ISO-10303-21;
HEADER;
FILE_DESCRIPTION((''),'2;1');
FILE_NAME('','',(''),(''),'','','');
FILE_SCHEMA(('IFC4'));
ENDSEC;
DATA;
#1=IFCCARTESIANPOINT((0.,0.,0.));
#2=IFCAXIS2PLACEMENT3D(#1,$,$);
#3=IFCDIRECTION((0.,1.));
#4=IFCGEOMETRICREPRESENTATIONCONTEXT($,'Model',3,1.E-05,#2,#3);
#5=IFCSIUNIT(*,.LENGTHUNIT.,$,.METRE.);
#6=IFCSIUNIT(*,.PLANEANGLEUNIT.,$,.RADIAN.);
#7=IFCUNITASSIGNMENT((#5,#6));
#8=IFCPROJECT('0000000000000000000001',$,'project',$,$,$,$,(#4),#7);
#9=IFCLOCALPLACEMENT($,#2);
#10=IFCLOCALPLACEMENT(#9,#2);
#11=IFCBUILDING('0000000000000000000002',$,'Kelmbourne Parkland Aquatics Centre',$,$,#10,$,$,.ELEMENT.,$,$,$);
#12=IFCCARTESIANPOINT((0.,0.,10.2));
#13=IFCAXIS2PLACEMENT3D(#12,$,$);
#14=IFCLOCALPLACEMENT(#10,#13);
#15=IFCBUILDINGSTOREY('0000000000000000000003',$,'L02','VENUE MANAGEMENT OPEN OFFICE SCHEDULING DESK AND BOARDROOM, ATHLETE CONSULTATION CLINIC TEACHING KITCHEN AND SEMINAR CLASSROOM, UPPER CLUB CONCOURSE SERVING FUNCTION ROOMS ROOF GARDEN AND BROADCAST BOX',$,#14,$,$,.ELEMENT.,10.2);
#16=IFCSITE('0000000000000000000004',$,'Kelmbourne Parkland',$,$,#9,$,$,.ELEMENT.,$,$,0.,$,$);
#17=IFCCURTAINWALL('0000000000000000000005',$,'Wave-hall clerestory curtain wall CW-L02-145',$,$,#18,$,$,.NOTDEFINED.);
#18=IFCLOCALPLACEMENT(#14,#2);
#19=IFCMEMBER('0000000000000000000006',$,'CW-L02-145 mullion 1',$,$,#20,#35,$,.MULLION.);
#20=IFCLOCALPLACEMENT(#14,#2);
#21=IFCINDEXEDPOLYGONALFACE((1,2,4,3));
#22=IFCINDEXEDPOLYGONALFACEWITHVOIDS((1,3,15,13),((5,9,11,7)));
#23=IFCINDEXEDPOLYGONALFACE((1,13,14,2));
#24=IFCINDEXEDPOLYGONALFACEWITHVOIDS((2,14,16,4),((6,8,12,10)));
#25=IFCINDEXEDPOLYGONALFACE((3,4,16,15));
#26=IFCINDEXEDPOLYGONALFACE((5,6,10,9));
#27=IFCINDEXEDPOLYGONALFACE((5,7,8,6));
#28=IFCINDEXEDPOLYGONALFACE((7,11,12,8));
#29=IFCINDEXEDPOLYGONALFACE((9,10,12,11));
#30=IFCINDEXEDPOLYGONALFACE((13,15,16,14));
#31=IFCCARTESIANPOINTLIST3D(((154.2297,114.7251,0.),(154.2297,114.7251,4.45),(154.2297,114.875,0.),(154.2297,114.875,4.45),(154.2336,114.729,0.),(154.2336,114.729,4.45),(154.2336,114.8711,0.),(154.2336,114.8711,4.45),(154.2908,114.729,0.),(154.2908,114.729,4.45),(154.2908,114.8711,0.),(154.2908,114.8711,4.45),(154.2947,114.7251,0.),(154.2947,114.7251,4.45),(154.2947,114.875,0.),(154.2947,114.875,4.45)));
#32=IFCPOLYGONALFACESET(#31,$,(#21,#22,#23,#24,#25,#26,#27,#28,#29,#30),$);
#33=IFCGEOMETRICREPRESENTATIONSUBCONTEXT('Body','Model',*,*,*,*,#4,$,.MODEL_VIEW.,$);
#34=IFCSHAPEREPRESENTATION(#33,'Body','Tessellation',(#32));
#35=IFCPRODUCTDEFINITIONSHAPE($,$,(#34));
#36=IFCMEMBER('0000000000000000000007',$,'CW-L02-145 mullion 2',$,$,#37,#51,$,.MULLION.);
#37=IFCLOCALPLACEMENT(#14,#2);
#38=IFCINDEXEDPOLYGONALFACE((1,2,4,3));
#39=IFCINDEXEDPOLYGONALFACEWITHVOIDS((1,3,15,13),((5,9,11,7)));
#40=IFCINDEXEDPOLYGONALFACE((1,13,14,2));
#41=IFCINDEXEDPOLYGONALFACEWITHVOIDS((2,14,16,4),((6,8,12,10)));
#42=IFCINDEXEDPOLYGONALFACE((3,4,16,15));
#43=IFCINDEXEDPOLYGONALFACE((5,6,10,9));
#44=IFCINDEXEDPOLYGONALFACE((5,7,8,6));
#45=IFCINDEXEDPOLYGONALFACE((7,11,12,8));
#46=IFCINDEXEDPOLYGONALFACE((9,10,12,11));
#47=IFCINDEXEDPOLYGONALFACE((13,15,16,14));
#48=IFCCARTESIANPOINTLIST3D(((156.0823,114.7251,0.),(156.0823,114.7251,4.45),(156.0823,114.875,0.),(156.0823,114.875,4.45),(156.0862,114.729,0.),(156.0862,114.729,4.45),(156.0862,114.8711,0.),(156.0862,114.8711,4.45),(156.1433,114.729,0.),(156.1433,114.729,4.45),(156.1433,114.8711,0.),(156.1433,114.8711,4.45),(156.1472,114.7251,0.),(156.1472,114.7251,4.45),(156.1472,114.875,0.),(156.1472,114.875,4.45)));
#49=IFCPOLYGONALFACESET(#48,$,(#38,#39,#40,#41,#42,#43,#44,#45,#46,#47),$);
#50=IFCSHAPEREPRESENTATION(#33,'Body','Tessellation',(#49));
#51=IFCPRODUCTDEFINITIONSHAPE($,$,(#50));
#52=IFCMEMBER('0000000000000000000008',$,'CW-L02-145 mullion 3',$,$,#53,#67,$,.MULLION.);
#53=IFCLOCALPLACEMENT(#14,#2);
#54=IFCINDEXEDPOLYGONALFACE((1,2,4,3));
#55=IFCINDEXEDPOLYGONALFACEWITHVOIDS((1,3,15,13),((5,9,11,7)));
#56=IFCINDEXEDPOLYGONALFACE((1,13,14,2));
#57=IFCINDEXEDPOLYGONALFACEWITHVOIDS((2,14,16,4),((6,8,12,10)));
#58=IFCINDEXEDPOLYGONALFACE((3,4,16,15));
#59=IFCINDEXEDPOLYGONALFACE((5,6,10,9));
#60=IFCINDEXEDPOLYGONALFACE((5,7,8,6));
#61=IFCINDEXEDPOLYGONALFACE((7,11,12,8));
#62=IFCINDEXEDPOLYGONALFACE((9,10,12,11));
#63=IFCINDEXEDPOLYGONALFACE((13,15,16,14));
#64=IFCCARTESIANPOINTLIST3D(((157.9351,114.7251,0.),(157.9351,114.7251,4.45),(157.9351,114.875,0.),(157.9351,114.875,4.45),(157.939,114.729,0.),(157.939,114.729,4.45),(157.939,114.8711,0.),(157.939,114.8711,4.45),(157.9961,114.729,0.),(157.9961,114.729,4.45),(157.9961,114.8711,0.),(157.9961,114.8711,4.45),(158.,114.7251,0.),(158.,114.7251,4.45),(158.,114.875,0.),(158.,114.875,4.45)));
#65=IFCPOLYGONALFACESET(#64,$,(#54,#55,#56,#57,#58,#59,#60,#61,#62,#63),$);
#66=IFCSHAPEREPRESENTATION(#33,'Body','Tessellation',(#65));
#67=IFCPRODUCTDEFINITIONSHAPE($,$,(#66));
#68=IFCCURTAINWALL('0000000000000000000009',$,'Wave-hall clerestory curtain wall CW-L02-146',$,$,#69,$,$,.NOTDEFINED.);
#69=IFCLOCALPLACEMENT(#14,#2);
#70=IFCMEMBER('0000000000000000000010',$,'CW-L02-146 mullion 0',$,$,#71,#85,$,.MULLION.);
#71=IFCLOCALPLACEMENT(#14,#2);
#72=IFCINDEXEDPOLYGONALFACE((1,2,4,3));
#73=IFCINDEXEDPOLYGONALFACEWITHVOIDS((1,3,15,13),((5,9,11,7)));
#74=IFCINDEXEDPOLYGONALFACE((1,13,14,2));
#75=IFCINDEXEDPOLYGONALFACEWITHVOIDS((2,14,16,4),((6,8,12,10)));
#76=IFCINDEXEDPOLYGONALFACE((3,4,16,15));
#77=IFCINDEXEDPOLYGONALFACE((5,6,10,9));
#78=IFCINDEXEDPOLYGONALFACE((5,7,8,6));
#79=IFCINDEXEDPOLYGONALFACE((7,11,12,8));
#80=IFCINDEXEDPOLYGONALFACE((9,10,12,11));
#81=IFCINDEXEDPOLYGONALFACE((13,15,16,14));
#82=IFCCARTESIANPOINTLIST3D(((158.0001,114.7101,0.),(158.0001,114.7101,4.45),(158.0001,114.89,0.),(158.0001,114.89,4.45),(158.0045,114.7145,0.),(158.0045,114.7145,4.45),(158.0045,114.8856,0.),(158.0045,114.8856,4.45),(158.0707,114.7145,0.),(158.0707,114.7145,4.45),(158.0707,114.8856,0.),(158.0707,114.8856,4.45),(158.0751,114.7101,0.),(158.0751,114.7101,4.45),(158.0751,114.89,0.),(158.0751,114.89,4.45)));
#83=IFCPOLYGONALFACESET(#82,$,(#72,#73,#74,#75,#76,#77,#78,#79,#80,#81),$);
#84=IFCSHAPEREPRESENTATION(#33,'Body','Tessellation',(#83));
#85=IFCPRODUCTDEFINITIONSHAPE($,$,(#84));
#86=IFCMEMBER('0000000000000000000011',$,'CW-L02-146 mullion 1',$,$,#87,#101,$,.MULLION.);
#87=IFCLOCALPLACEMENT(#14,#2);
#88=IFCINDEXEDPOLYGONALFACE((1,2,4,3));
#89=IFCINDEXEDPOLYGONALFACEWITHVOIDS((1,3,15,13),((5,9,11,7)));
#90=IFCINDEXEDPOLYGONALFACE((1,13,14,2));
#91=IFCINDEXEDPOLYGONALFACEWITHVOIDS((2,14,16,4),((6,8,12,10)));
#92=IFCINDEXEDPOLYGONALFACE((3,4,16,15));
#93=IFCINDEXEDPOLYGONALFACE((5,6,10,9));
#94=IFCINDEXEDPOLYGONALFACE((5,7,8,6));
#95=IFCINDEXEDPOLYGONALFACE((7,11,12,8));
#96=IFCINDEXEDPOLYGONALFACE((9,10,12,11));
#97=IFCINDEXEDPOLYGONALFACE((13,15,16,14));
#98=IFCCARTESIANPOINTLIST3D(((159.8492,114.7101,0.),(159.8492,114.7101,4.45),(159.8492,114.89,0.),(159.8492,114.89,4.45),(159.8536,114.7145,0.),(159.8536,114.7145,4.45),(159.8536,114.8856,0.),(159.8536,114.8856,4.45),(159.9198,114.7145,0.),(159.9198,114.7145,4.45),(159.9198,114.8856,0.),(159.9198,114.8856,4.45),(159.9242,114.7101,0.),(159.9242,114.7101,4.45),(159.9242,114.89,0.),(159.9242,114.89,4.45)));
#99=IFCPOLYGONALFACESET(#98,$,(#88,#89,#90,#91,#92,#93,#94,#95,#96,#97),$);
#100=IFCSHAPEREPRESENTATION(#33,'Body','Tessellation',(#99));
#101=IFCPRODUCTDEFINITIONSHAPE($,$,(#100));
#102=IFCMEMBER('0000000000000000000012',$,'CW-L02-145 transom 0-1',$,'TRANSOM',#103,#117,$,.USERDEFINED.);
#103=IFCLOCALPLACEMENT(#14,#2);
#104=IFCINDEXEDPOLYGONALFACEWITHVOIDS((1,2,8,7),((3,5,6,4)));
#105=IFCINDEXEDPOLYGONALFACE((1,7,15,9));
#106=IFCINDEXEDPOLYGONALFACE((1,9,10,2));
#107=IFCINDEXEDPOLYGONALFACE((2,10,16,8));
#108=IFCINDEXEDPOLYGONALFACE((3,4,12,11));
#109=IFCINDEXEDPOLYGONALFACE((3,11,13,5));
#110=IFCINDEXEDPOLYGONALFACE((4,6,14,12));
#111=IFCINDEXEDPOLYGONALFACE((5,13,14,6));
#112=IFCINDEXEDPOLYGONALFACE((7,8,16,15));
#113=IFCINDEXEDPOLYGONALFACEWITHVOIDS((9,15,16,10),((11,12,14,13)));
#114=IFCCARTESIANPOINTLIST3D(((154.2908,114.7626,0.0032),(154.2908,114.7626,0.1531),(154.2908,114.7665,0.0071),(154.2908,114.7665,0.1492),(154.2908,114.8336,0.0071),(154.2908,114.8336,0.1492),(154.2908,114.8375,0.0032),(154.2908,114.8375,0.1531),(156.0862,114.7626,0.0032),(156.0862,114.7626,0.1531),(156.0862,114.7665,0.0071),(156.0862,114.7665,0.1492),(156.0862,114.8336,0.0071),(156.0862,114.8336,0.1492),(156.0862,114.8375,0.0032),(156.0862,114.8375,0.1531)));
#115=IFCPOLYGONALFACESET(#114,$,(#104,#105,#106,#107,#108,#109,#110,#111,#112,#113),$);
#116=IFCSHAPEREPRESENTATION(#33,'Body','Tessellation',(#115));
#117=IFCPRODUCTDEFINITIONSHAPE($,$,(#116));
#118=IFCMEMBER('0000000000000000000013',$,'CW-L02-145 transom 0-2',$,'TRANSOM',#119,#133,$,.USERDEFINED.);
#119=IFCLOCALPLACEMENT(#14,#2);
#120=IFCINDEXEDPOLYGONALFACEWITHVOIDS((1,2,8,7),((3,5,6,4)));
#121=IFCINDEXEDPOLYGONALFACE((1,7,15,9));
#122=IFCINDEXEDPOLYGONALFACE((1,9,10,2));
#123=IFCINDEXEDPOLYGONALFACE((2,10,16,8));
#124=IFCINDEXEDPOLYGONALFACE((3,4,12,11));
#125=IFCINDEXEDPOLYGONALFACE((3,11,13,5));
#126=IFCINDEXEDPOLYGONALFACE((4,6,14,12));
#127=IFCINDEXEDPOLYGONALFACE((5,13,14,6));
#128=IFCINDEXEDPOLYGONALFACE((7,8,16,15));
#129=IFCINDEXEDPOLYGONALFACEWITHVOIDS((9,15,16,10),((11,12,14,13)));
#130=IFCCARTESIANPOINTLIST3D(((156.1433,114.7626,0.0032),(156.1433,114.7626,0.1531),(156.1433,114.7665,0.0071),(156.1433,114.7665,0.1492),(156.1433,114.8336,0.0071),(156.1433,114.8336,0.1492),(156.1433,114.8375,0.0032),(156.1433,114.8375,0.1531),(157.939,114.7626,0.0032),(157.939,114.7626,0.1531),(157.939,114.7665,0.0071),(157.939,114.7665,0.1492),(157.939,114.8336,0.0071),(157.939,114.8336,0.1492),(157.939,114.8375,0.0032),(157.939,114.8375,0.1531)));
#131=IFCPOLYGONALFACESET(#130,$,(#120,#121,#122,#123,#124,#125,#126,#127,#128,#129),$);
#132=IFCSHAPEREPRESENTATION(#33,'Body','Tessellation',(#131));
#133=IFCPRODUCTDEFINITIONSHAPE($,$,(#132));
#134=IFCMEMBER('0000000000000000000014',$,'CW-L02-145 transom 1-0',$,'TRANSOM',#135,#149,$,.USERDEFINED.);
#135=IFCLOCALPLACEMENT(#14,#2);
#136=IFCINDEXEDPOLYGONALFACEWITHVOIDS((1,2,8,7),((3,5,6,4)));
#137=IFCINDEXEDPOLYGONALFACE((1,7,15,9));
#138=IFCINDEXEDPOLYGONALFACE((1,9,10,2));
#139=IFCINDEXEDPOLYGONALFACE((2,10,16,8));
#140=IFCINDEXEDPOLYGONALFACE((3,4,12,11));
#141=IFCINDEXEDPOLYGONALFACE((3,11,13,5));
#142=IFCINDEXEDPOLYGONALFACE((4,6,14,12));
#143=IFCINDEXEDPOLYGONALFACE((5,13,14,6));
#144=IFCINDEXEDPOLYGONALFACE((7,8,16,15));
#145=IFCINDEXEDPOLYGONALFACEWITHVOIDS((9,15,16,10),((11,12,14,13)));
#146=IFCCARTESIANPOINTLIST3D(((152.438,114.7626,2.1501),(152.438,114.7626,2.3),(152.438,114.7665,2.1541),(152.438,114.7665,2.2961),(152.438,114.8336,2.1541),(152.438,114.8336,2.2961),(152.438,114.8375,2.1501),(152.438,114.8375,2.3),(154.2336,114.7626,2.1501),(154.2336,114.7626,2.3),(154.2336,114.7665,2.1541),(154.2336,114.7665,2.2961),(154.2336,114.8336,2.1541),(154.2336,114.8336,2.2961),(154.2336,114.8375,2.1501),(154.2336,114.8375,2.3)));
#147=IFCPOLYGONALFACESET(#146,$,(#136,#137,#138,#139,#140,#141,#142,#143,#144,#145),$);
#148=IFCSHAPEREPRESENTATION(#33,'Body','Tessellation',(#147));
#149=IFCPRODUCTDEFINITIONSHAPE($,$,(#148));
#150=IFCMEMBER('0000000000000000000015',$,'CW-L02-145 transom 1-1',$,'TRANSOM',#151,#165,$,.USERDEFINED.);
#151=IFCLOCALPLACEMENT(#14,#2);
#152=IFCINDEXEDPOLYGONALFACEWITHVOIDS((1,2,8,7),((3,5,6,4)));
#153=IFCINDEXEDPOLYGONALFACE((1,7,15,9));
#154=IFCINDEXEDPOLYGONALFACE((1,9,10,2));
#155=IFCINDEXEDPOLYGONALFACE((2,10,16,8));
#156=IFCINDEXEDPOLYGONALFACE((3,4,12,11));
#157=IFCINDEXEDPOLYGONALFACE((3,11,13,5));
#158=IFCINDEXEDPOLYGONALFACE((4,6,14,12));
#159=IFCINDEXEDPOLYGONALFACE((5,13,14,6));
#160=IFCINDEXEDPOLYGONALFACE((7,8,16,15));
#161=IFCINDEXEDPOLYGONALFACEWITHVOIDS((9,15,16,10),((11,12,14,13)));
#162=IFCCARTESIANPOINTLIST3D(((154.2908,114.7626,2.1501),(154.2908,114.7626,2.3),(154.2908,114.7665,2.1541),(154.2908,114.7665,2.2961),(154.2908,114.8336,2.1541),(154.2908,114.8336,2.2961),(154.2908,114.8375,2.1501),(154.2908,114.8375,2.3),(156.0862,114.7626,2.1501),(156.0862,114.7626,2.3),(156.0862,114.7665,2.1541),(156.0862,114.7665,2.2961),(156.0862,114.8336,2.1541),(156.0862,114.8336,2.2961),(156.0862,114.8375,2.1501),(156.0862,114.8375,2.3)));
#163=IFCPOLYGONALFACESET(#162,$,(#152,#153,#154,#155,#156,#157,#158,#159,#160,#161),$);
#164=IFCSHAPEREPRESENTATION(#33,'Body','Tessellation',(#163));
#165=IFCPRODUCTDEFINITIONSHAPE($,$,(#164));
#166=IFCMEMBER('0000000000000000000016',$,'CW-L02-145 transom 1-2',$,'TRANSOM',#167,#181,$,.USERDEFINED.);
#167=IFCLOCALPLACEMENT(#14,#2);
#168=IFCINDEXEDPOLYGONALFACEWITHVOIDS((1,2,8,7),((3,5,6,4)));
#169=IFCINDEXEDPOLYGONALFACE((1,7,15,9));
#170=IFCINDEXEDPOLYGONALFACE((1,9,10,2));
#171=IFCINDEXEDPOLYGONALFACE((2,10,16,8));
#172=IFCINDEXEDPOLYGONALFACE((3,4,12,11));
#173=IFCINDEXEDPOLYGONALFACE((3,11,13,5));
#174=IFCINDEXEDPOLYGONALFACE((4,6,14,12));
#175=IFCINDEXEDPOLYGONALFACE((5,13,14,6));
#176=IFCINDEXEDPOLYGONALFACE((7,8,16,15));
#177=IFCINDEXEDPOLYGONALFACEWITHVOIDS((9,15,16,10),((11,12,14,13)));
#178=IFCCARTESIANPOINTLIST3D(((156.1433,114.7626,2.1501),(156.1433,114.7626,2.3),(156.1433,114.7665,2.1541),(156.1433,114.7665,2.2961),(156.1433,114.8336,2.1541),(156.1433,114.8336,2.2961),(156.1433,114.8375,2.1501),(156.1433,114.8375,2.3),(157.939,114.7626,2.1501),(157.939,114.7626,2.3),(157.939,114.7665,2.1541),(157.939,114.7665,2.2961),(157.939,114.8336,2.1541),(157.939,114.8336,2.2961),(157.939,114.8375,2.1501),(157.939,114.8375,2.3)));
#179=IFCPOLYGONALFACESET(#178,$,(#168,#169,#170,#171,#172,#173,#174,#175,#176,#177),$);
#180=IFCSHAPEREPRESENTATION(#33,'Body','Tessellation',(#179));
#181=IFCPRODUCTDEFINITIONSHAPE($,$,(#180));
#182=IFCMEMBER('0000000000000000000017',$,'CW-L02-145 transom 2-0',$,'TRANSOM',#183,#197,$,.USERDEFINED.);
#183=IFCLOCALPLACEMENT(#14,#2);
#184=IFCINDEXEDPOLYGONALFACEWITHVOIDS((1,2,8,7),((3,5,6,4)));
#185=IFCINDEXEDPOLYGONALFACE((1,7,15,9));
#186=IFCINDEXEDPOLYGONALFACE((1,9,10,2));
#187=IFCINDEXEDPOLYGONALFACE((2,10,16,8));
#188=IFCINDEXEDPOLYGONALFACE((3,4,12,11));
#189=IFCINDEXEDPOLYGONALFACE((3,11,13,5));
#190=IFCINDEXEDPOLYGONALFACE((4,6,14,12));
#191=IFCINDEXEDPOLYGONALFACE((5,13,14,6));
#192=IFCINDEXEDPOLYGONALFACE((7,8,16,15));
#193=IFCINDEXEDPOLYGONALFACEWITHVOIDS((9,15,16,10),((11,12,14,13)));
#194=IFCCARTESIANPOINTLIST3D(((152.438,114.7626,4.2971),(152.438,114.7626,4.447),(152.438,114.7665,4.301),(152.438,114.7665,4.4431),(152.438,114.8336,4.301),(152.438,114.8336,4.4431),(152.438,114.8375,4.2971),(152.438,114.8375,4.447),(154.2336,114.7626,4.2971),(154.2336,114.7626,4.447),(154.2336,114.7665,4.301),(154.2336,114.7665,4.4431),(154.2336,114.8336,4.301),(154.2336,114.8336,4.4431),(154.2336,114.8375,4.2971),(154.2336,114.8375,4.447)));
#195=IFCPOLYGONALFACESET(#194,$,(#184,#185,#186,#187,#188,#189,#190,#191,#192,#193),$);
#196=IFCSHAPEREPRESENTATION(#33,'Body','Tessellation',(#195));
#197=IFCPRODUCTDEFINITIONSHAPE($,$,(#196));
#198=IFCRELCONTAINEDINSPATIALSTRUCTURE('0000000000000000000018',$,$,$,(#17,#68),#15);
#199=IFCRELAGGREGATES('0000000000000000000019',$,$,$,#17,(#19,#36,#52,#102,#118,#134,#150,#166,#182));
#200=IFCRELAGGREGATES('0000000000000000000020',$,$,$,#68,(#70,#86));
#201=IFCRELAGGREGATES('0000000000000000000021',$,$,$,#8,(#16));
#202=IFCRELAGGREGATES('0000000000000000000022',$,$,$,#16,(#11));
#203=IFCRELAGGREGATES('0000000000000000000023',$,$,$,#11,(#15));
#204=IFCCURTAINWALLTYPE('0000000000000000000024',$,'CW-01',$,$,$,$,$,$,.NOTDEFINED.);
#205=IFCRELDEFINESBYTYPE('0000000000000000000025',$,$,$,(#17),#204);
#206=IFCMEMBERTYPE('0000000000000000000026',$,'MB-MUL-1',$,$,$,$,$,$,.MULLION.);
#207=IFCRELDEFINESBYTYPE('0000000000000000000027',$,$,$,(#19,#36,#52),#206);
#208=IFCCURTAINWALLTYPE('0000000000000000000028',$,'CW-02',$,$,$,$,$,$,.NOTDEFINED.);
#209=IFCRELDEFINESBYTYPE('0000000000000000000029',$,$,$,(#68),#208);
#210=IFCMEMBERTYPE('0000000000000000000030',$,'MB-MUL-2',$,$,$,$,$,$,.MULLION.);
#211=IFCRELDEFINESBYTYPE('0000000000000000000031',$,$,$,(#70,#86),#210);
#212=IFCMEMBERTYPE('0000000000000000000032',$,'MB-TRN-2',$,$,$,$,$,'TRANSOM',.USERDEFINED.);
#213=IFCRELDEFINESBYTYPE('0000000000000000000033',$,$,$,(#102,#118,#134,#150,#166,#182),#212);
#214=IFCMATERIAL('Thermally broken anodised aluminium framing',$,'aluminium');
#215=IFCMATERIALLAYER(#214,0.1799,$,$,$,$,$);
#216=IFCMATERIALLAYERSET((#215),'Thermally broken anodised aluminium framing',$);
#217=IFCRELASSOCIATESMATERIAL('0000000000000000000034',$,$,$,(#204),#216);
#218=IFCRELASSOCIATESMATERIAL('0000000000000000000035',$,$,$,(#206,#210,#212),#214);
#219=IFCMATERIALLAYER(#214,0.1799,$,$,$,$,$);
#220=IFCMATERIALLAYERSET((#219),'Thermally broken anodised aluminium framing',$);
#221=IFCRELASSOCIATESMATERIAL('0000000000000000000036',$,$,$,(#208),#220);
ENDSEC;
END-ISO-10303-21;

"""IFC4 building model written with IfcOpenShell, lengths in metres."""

from ifc_helpers import new_model, si_unit, direction, frame, origin, origin_2d, place, context, subcontext, project, spatial, hollow_rectangle, extrude, material, layer, layer_set, material_profile, profile_set, type_object, element, aggregate, save


model = new_model("IFC4")

# Units and contexts
model_context = context("Model", 3, precision=1e-05, world=origin(), true_north=direction((0.0, 1.0)))
body_context = subcontext(model_context, "Body", "Model", "MODEL_VIEW")
ifc_project = project(units=[si_unit("LENGTHUNIT", "METRE"), si_unit("PLANEANGLEUNIT", "RADIAN")], contexts=[model_context])

# Site, building, storey
site_placement = place(None, origin())
site = spatial("IfcSite", under=ifc_project, at=site_placement, Name="Kelmbourne Parkland", CompositionType="ELEMENT", RefElevation=0.0)
building_placement = place(site_placement, origin())
building = spatial("IfcBuilding", under=site, at=building_placement, Name="Kelmbourne Parkland Aquatics Centre", CompositionType="ELEMENT")
storey_placement = place(building_placement, frame((0.0, 0.0, 10.2)))
storey = spatial("IfcBuildingStorey", under=building, at=storey_placement, Name="L02", Description="VENUE MANAGEMENT OPEN OFFICE SCHEDULING DESK AND BOARDROOM, ATHLETE CONSULTATION CLINIC TEACHING KITCHEN AND SEMINAR CLASSROOM, UPPER CLUB CONCOURSE SERVING FUNCTION ROOMS ROOF GARDEN AND BROADCAST BOX", CompositionType="ELEMENT", Elevation=10.2)

# Curtain walls, members
ifc_material_1 = material(Name="Thermally broken anodised aluminium framing", Category="aluminium")
ifc_layer_1 = layer(ifc_material_1, 0.1799)
ifc_layer_set_1 = layer_set([ifc_layer_1], Name="Thermally broken anodised aluminium framing")
curtain_wall_type_1 = type_object("IfcCurtainWallType", Name="CW-01", PredefinedType="NOTDEFINED", material=ifc_layer_set_1)
curtain_wall_1_placement = place(storey_placement, origin())
curtain_wall_1 = element("IfcCurtainWall", 1, at=curtain_wall_1_placement, inside=storey, type_object=curtain_wall_type_1, Name="Wave-hall clerestory curtain wall CW-L02-145", PredefinedType="NOTDEFINED")
ifc_material_profile_1 = material_profile(ifc_material_1, hollow_rectangle(XDim=0.0649, YDim=0.1499, WallThickness=0.0039, at=origin_2d()), Name="CW-M 65x150")
ifc_profile_set_1 = profile_set([ifc_material_profile_1], Name="Thermally broken anodised aluminium framing")
member_type_1 = type_object("IfcMemberType", Name="MB-MUL-1", PredefinedType="MULLION", material=ifc_profile_set_1)
member_1_placement = place(storey_placement, frame((154.2622, 114.8, 0.0), z_axis=(0.0, 0.0, 1.0), x_axis=(1.0, 0.0, 0.0)))
member_1 = element("IfcMember", 2, at=member_1_placement, type_object=member_type_1, Name="CW-L02-145 mullion 1", PredefinedType="MULLION", context=body_context, shape_type="SweptSolid", body=[
    extrude(hollow_rectangle(XDim=0.0649, YDim=0.1499, WallThickness=0.0039, at=origin_2d()), origin(), (0.0, 0.0, 1.0), 4.45),
])
member_2_placement = place(storey_placement, frame((156.1147, 114.8, 0.0), z_axis=(0.0, 0.0, 1.0), x_axis=(1.0, 0.0, 0.0)))
member_2 = element("IfcMember", 3, at=member_2_placement, type_object=member_type_1, Name="CW-L02-145 mullion 2", PredefinedType="MULLION", context=body_context, shape_type="SweptSolid", body=[
    extrude(hollow_rectangle(XDim=0.0649, YDim=0.1499, WallThickness=0.0039, at=origin_2d()), origin(), (0.0, 0.0, 1.0), 4.45),
])
member_3_placement = place(storey_placement, frame((157.9675, 114.8, 0.0), z_axis=(0.0, 0.0, 1.0), x_axis=(1.0, 0.0, 0.0)))
member_3 = element("IfcMember", 4, at=member_3_placement, type_object=member_type_1, Name="CW-L02-145 mullion 3", PredefinedType="MULLION", context=body_context, shape_type="SweptSolid", body=[
    extrude(hollow_rectangle(XDim=0.0649, YDim=0.1499, WallThickness=0.0039, at=origin_2d()), origin(), (0.0, 0.0, 1.0), 4.45),
])
ifc_layer_2 = layer(ifc_material_1, 0.1799)
ifc_layer_set_2 = layer_set([ifc_layer_2], Name="Thermally broken anodised aluminium framing")
curtain_wall_type_2 = type_object("IfcCurtainWallType", Name="CW-02", PredefinedType="NOTDEFINED", material=ifc_layer_set_2)
curtain_wall_2_placement = place(storey_placement, origin())
curtain_wall_2 = element("IfcCurtainWall", 5, at=curtain_wall_2_placement, inside=storey, type_object=curtain_wall_type_2, Name="Wave-hall clerestory curtain wall CW-L02-146", PredefinedType="NOTDEFINED")
ifc_material_profile_2 = material_profile(ifc_material_1, hollow_rectangle(XDim=0.075, YDim=0.1799, WallThickness=0.0044, at=origin_2d()), Name="CW-M 75x180")
ifc_profile_set_2 = profile_set([ifc_material_profile_2], Name="Thermally broken anodised aluminium framing")
member_type_2 = type_object("IfcMemberType", Name="MB-MUL-2", PredefinedType="MULLION", material=ifc_profile_set_2)
member_4_placement = place(storey_placement, frame((158.0376, 114.8, 0.0), z_axis=(0.0, 0.0, 1.0), x_axis=(1.0, 0.0, 0.0)))
member_4 = element("IfcMember", 6, at=member_4_placement, type_object=member_type_2, Name="CW-L02-146 mullion 0", PredefinedType="MULLION", context=body_context, shape_type="SweptSolid", body=[
    extrude(hollow_rectangle(XDim=0.075, YDim=0.1799, WallThickness=0.0044, at=origin_2d()), origin(), (0.0, 0.0, 1.0), 4.45),
])
member_5_placement = place(storey_placement, frame((159.8867, 114.8, 0.0), z_axis=(0.0, 0.0, 1.0), x_axis=(1.0, 0.0, 0.0)))
member_5 = element("IfcMember", 7, at=member_5_placement, type_object=member_type_2, Name="CW-L02-146 mullion 1", PredefinedType="MULLION", context=body_context, shape_type="SweptSolid", body=[
    extrude(hollow_rectangle(XDim=0.075, YDim=0.1799, WallThickness=0.0044, at=origin_2d()), origin(), (0.0, 0.0, 1.0), 4.45),
])

# Members
ifc_material_profile_3 = material_profile(ifc_material_1, hollow_rectangle(XDim=0.075, YDim=0.1499, WallThickness=0.0039, at=origin_2d()), Name="CW-T 75x150")
ifc_profile_set_3 = profile_set([ifc_material_profile_3], Name="Thermally broken anodised aluminium framing")
member_type_3 = type_object("IfcMemberType", Name="MB-TRN-2", ElementType="TRANSOM", PredefinedType="USERDEFINED", material=ifc_profile_set_3)
member_6_placement = place(storey_placement, frame((154.2908, 114.8, 0.0781), z_axis=(1.0, 0.0, 0.0), x_axis=(0.0, 1.0, 0.0)))
member_6 = element("IfcMember", 8, at=member_6_placement, type_object=member_type_3, Name="CW-L02-145 transom 0-1", ObjectType="TRANSOM", PredefinedType="USERDEFINED", context=body_context, shape_type="SweptSolid", body=[
    extrude(hollow_rectangle(XDim=0.075, YDim=0.1499, WallThickness=0.0039, at=origin_2d()), origin(), (0.0, 0.0, 1.0), 1.7954),
])
member_7_placement = place(storey_placement, frame((156.1433, 114.8, 0.0781), z_axis=(1.0, 0.0, 0.0), x_axis=(0.0, 1.0, 0.0)))
member_7 = element("IfcMember", 9, at=member_7_placement, type_object=member_type_3, Name="CW-L02-145 transom 0-2", ObjectType="TRANSOM", PredefinedType="USERDEFINED", context=body_context, shape_type="SweptSolid", body=[
    extrude(hollow_rectangle(XDim=0.075, YDim=0.1499, WallThickness=0.0039, at=origin_2d()), origin(), (0.0, 0.0, 1.0), 1.7957),
])
member_8_placement = place(storey_placement, frame((152.438, 114.8, 2.2251), z_axis=(1.0, 0.0, 0.0), x_axis=(0.0, 1.0, 0.0)))
member_8 = element("IfcMember", 10, at=member_8_placement, type_object=member_type_3, Name="CW-L02-145 transom 1-0", ObjectType="TRANSOM", PredefinedType="USERDEFINED", context=body_context, shape_type="SweptSolid", body=[
    extrude(hollow_rectangle(XDim=0.075, YDim=0.1499, WallThickness=0.0039, at=origin_2d()), origin(), (0.0, 0.0, 1.0), 1.7957),
])
member_9_placement = place(storey_placement, frame((154.2908, 114.8, 2.2251), z_axis=(1.0, 0.0, 0.0), x_axis=(0.0, 1.0, 0.0)))
member_9 = element("IfcMember", 11, at=member_9_placement, type_object=member_type_3, Name="CW-L02-145 transom 1-1", ObjectType="TRANSOM", PredefinedType="USERDEFINED", context=body_context, shape_type="SweptSolid", body=[
    extrude(hollow_rectangle(XDim=0.075, YDim=0.1499, WallThickness=0.0039, at=origin_2d()), origin(), (0.0, 0.0, 1.0), 1.7954),
])
member_10_placement = place(storey_placement, frame((156.1433, 114.8, 2.2251), z_axis=(1.0, 0.0, 0.0), x_axis=(0.0, 1.0, 0.0)))
member_10 = element("IfcMember", 12, at=member_10_placement, type_object=member_type_3, Name="CW-L02-145 transom 1-2", ObjectType="TRANSOM", PredefinedType="USERDEFINED", context=body_context, shape_type="SweptSolid", body=[
    extrude(hollow_rectangle(XDim=0.075, YDim=0.1499, WallThickness=0.0039, at=origin_2d()), origin(), (0.0, 0.0, 1.0), 1.7957),
])
member_11_placement = place(storey_placement, frame((152.438, 114.8, 4.3721), z_axis=(1.0, 0.0, 0.0), x_axis=(0.0, 1.0, 0.0)))
member_11 = element("IfcMember", 13, at=member_11_placement, type_object=member_type_3, Name="CW-L02-145 transom 2-0", ObjectType="TRANSOM", PredefinedType="USERDEFINED", context=body_context, shape_type="SweptSolid", body=[
    extrude(hollow_rectangle(XDim=0.075, YDim=0.1499, WallThickness=0.0039, at=origin_2d()), origin(), (0.0, 0.0, 1.0), 1.7957),
])

aggregate(curtain_wall_1, [member_1, member_2, member_3, member_6, member_7, member_8, member_9, member_10, member_11])
aggregate(curtain_wall_2, [member_4, member_5])

save(model, "model.ifc")
